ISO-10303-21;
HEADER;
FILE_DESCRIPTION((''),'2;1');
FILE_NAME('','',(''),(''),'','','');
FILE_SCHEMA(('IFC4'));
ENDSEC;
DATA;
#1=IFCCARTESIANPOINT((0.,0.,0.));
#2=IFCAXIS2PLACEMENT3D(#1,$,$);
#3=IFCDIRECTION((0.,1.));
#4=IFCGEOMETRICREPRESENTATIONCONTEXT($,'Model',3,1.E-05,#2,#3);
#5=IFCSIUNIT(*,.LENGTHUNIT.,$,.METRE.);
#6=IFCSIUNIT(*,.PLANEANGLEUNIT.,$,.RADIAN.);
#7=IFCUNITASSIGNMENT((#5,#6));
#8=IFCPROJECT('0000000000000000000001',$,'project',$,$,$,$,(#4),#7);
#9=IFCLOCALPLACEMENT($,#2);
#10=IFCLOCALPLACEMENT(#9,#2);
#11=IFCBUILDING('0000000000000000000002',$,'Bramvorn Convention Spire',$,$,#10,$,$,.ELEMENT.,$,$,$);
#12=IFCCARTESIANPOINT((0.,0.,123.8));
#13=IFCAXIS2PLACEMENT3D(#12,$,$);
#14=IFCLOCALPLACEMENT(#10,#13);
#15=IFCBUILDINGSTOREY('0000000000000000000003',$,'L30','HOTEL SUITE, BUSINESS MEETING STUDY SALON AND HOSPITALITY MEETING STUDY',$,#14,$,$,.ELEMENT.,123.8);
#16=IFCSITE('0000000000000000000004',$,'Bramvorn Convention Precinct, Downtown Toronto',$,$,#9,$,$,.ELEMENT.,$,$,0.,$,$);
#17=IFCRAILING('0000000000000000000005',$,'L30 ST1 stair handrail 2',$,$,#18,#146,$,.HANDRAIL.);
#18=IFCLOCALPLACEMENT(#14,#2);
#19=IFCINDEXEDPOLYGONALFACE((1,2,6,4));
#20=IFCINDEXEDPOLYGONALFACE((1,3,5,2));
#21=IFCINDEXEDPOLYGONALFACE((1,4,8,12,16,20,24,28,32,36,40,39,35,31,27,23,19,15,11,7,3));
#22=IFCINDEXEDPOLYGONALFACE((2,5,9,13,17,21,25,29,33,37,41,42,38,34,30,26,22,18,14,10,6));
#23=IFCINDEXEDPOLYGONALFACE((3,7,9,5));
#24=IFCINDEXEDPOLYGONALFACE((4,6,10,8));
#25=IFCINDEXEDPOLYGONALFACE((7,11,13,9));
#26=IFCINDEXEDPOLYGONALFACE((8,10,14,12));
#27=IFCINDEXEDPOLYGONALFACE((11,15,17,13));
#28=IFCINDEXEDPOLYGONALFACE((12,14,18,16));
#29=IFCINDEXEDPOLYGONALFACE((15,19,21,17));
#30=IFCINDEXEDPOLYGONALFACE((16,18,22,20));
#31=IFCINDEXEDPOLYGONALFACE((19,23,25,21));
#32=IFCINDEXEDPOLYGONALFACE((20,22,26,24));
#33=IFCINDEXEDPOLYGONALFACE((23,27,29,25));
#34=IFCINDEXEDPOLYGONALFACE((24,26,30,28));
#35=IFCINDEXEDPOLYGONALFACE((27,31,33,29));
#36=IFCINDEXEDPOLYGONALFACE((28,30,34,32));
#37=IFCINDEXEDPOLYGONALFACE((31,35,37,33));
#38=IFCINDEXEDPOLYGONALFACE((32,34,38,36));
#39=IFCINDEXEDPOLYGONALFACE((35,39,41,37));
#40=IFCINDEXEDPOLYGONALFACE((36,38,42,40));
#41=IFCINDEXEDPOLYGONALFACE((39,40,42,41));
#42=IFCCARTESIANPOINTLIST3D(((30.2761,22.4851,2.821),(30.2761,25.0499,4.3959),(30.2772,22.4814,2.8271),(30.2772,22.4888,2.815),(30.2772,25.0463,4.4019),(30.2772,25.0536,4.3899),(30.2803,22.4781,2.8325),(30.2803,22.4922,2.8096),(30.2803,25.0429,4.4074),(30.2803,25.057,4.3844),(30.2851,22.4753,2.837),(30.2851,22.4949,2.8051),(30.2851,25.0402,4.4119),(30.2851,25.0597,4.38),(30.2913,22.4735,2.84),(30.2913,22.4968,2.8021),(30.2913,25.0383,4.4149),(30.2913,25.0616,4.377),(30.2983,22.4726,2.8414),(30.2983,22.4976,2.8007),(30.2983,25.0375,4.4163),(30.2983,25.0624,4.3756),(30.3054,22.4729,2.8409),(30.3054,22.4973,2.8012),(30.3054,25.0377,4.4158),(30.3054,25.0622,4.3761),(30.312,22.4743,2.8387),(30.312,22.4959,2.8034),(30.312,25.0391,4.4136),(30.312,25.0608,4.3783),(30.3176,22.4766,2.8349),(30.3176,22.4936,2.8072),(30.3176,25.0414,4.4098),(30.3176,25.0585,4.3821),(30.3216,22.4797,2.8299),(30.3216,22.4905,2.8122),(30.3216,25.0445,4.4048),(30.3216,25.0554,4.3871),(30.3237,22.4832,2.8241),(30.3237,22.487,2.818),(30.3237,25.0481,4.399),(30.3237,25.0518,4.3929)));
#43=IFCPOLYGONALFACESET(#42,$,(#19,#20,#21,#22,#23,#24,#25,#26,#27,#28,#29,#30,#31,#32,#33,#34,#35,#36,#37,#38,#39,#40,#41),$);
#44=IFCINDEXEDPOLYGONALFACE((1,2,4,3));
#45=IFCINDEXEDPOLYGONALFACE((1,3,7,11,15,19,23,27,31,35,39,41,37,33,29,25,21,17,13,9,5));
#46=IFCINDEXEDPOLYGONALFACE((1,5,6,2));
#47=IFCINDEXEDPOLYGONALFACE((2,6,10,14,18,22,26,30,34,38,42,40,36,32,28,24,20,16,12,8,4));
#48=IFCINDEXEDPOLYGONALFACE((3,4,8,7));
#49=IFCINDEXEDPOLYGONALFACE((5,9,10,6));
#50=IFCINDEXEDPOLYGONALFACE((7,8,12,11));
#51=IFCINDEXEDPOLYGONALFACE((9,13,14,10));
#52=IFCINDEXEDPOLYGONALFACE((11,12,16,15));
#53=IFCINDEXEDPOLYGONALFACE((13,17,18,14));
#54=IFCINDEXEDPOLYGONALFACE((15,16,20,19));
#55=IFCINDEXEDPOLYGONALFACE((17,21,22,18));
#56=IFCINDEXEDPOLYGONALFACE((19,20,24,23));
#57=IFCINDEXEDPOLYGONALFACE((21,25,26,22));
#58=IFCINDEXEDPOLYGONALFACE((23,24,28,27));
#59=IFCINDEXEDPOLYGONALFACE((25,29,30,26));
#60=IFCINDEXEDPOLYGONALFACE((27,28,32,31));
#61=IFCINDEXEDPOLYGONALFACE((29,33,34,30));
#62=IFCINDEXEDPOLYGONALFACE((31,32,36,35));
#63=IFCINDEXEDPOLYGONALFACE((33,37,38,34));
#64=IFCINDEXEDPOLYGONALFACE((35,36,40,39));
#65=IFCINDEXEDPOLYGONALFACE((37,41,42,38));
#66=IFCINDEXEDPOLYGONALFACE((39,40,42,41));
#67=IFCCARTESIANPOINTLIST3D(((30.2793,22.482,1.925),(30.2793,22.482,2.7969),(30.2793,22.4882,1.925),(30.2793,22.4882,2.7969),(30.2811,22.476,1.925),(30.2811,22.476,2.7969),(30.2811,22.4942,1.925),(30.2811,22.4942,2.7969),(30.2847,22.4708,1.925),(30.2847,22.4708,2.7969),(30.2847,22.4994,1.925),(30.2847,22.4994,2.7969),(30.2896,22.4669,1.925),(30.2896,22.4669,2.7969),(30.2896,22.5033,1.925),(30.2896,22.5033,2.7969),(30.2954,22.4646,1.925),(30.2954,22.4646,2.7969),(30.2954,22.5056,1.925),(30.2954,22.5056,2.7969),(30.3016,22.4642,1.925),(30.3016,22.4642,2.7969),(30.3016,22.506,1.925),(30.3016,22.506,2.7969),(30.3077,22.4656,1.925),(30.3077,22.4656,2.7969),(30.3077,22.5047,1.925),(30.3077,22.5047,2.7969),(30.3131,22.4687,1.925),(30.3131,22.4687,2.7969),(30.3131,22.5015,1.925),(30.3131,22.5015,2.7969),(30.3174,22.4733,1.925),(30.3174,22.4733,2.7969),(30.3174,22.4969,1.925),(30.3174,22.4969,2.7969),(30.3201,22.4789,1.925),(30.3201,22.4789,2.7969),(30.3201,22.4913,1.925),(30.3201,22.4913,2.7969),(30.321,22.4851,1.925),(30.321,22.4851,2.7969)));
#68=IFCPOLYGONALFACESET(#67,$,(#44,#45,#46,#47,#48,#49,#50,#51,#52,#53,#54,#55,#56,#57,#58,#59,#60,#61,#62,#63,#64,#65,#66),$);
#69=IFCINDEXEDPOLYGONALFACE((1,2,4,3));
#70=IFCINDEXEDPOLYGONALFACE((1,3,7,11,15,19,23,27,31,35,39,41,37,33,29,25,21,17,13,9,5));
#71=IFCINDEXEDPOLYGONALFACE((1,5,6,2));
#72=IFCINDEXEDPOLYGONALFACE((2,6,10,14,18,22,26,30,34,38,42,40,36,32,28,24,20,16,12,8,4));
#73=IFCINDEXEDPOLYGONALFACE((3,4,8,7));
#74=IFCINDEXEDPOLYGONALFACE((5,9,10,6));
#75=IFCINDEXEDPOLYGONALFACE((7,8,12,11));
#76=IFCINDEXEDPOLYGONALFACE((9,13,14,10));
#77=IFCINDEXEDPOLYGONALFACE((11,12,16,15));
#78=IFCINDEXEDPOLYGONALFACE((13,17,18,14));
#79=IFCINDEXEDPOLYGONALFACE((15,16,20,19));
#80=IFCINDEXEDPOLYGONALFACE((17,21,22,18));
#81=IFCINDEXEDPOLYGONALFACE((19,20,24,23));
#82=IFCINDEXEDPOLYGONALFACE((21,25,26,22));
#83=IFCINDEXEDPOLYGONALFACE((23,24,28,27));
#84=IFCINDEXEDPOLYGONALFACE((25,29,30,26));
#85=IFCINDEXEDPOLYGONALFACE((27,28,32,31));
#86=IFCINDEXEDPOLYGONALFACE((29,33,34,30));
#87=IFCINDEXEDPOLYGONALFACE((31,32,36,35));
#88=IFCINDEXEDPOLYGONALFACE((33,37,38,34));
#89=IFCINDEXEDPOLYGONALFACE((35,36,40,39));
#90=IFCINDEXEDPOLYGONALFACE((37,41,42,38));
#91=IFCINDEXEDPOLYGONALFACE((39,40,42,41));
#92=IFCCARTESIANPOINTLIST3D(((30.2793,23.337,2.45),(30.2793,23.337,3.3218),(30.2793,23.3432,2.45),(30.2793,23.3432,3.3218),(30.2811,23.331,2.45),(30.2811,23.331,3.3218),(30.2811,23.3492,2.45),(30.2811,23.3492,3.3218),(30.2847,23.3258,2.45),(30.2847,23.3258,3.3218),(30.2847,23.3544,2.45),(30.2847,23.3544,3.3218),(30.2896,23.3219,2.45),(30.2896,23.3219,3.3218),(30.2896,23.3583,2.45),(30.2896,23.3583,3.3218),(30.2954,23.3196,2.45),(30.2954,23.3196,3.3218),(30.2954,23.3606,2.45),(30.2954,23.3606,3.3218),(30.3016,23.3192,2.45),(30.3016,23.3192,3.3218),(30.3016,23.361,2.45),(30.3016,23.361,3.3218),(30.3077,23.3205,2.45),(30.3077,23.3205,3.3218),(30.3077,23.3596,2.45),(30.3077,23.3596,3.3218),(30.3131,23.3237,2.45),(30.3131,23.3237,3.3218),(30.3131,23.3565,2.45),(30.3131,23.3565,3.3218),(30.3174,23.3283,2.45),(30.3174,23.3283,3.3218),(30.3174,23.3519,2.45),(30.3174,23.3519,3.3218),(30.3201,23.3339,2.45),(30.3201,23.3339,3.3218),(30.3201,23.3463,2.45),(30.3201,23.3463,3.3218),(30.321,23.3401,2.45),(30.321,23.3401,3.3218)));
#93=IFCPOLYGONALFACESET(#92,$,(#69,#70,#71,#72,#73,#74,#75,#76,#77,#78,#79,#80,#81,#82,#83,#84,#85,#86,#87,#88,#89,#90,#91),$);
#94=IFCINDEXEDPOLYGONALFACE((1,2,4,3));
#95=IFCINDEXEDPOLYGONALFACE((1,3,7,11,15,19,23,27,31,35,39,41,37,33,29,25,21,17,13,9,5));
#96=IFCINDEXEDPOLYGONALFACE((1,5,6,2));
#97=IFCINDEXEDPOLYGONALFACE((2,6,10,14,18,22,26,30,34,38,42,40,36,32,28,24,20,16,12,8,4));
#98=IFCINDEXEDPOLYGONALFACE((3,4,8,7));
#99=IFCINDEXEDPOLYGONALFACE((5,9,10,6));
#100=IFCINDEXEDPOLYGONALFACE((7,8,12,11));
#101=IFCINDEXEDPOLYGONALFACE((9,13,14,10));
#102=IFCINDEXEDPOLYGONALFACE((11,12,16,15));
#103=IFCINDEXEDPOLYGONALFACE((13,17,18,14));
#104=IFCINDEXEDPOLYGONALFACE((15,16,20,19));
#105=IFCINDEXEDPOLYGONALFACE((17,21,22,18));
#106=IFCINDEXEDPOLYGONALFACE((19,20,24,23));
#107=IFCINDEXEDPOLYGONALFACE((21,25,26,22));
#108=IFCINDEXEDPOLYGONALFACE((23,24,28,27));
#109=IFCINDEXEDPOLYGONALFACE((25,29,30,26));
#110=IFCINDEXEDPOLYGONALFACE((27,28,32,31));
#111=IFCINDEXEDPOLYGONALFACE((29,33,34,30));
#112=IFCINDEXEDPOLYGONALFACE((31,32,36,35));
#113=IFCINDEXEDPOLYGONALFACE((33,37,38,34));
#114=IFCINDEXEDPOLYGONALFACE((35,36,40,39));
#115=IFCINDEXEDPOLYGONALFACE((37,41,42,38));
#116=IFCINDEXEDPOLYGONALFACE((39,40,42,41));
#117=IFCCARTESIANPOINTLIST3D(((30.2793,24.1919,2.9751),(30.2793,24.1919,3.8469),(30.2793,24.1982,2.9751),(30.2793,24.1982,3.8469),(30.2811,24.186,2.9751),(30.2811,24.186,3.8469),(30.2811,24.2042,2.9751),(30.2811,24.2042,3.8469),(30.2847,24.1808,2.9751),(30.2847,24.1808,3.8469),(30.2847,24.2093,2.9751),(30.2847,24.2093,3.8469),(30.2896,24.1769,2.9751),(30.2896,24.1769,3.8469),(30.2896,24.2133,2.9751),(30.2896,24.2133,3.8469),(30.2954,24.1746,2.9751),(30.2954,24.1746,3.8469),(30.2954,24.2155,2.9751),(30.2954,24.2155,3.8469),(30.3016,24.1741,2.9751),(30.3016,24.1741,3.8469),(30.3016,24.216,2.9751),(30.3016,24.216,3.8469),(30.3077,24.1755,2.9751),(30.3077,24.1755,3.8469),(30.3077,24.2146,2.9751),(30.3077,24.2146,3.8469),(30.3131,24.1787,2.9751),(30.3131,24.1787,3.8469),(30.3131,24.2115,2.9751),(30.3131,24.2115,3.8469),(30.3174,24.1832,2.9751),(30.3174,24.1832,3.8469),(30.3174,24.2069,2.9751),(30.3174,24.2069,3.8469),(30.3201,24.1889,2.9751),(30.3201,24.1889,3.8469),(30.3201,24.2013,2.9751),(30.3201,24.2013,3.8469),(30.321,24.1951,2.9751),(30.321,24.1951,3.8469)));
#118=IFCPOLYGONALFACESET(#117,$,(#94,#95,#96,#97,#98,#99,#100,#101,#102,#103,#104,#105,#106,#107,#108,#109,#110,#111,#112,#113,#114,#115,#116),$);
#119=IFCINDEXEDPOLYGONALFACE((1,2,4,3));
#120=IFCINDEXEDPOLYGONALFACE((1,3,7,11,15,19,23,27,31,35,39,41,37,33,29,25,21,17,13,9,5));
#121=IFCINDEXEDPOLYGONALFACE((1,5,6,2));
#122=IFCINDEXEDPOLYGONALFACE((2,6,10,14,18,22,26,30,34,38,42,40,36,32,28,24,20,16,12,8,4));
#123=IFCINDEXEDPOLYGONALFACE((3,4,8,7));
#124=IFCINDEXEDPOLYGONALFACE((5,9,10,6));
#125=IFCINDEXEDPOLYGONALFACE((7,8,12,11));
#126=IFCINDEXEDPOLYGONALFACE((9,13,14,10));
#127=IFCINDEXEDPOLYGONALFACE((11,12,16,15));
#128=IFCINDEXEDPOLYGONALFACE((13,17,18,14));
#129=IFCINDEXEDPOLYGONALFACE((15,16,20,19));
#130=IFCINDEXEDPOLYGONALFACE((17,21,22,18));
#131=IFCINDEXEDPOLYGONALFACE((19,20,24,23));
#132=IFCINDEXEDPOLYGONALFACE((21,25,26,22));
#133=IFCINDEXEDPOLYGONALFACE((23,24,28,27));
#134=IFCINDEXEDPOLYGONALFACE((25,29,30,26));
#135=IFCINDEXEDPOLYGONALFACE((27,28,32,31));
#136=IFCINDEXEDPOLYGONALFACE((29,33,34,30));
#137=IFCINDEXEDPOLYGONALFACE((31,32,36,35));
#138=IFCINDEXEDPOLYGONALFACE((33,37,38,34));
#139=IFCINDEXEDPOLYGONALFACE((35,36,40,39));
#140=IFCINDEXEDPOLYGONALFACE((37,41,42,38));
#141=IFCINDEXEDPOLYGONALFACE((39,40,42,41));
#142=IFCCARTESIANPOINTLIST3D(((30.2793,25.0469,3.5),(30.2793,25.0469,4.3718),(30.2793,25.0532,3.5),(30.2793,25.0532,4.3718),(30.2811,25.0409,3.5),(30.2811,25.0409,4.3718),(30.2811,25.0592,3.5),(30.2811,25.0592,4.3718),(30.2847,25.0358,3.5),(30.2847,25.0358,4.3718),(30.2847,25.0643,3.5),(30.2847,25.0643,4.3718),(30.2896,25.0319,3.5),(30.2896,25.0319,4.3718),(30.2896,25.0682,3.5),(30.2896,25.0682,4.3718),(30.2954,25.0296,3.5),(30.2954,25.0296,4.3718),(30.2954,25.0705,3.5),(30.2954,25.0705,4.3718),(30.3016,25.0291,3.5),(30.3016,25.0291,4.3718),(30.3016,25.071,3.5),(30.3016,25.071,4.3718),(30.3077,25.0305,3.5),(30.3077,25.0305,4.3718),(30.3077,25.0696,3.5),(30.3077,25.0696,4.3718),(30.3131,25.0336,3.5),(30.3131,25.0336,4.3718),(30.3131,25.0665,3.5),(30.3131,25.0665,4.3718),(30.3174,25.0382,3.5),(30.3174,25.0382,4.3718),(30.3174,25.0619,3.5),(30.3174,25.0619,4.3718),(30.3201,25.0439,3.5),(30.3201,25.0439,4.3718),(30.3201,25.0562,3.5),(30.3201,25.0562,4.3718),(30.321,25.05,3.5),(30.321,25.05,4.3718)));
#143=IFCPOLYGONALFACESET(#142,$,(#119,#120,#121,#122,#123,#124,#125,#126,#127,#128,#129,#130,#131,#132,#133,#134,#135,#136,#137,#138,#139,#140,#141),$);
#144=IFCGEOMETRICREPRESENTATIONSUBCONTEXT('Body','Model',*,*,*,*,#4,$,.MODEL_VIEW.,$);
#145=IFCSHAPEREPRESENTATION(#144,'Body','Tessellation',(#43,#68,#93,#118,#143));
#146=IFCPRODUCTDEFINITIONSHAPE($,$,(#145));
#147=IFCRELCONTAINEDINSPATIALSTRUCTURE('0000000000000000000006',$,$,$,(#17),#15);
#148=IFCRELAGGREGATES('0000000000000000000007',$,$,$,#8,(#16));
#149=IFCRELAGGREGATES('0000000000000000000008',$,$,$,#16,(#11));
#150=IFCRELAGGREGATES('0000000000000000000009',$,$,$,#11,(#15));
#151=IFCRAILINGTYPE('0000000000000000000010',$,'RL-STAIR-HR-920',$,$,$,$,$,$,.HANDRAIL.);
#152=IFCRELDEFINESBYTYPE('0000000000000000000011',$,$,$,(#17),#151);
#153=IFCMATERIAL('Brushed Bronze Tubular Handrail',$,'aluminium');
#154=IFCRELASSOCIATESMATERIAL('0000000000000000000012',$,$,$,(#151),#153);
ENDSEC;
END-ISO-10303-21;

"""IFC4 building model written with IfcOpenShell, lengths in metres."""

from ifc_helpers import new_model, si_unit, direction, frame, origin, origin_2d, place, context, subcontext, project, spatial, circle, extrude, material, type_object, element, save


model = new_model("IFC4")

# Units and contexts
model_context = context("Model", 3, precision=1e-05, world=origin(), true_north=direction((0.0, 1.0)))
body_context = subcontext(model_context, "Body", "Model", "MODEL_VIEW")
ifc_project = project(units=[si_unit("LENGTHUNIT", "METRE"), si_unit("PLANEANGLEUNIT", "RADIAN")], contexts=[model_context])

# Site, building, storey
site_placement = place(None, origin())
site = spatial("IfcSite", under=ifc_project, at=site_placement, Name="Bramvorn Convention Precinct, Downtown Toronto", CompositionType="ELEMENT", RefElevation=0.0)
building_placement = place(site_placement, origin())
building = spatial("IfcBuilding", under=site, at=building_placement, Name="Bramvorn Convention Spire", CompositionType="ELEMENT")
storey_placement = place(building_placement, frame((0.0, 0.0, 123.8)))
storey = spatial("IfcBuildingStorey", under=building, at=storey_placement, Name="L30", Description="HOTEL SUITE, BUSINESS MEETING STUDY SALON AND HOSPITALITY MEETING STUDY", CompositionType="ELEMENT", Elevation=123.8)

# Railing
ifc_material_1 = material(Name="Brushed Bronze Tubular Handrail", Category="aluminium")
railing_type_1 = type_object("IfcRailingType", Name="RL-STAIR-HR-920", PredefinedType="HANDRAIL", material=ifc_material_1)
railing_1_placement = place(storey_placement, frame((30.3, 22.4851, 1.925)))
element("IfcRailing", 1, at=railing_1_placement, inside=storey, type_object=railing_type_1, Name="L30 ST1 stair handrail 2", PredefinedType="HANDRAIL", context=body_context, shape_type="SweptSolid", body=[
    extrude(circle(Radius=0.0239, at=origin_2d()), frame((0.0, 0.0, 0.896), z_axis=(0.0, 0.852173, 0.52326), x_axis=(-1.0, 0.0, 0.0)), (0.0, 0.0, 1.0), 3.0098),
    extrude(circle(Radius=0.021, at=origin_2d()), origin(), (0.0, 0.0, 1.0), 0.8718),
    extrude(circle(Radius=0.021, at=origin_2d()), frame((0.0, 0.855, 0.5249)), (0.0, 0.0, 1.0), 0.8718),
    extrude(circle(Radius=0.021, at=origin_2d()), frame((0.0, 1.71, 1.05)), (0.0, 0.0, 1.0), 0.8718),
    extrude(circle(Radius=0.021, at=origin_2d()), frame((0.0, 2.5649, 1.575)), (0.0, 0.0, 1.0), 0.8718),
])

save(model, "model.ifc")
